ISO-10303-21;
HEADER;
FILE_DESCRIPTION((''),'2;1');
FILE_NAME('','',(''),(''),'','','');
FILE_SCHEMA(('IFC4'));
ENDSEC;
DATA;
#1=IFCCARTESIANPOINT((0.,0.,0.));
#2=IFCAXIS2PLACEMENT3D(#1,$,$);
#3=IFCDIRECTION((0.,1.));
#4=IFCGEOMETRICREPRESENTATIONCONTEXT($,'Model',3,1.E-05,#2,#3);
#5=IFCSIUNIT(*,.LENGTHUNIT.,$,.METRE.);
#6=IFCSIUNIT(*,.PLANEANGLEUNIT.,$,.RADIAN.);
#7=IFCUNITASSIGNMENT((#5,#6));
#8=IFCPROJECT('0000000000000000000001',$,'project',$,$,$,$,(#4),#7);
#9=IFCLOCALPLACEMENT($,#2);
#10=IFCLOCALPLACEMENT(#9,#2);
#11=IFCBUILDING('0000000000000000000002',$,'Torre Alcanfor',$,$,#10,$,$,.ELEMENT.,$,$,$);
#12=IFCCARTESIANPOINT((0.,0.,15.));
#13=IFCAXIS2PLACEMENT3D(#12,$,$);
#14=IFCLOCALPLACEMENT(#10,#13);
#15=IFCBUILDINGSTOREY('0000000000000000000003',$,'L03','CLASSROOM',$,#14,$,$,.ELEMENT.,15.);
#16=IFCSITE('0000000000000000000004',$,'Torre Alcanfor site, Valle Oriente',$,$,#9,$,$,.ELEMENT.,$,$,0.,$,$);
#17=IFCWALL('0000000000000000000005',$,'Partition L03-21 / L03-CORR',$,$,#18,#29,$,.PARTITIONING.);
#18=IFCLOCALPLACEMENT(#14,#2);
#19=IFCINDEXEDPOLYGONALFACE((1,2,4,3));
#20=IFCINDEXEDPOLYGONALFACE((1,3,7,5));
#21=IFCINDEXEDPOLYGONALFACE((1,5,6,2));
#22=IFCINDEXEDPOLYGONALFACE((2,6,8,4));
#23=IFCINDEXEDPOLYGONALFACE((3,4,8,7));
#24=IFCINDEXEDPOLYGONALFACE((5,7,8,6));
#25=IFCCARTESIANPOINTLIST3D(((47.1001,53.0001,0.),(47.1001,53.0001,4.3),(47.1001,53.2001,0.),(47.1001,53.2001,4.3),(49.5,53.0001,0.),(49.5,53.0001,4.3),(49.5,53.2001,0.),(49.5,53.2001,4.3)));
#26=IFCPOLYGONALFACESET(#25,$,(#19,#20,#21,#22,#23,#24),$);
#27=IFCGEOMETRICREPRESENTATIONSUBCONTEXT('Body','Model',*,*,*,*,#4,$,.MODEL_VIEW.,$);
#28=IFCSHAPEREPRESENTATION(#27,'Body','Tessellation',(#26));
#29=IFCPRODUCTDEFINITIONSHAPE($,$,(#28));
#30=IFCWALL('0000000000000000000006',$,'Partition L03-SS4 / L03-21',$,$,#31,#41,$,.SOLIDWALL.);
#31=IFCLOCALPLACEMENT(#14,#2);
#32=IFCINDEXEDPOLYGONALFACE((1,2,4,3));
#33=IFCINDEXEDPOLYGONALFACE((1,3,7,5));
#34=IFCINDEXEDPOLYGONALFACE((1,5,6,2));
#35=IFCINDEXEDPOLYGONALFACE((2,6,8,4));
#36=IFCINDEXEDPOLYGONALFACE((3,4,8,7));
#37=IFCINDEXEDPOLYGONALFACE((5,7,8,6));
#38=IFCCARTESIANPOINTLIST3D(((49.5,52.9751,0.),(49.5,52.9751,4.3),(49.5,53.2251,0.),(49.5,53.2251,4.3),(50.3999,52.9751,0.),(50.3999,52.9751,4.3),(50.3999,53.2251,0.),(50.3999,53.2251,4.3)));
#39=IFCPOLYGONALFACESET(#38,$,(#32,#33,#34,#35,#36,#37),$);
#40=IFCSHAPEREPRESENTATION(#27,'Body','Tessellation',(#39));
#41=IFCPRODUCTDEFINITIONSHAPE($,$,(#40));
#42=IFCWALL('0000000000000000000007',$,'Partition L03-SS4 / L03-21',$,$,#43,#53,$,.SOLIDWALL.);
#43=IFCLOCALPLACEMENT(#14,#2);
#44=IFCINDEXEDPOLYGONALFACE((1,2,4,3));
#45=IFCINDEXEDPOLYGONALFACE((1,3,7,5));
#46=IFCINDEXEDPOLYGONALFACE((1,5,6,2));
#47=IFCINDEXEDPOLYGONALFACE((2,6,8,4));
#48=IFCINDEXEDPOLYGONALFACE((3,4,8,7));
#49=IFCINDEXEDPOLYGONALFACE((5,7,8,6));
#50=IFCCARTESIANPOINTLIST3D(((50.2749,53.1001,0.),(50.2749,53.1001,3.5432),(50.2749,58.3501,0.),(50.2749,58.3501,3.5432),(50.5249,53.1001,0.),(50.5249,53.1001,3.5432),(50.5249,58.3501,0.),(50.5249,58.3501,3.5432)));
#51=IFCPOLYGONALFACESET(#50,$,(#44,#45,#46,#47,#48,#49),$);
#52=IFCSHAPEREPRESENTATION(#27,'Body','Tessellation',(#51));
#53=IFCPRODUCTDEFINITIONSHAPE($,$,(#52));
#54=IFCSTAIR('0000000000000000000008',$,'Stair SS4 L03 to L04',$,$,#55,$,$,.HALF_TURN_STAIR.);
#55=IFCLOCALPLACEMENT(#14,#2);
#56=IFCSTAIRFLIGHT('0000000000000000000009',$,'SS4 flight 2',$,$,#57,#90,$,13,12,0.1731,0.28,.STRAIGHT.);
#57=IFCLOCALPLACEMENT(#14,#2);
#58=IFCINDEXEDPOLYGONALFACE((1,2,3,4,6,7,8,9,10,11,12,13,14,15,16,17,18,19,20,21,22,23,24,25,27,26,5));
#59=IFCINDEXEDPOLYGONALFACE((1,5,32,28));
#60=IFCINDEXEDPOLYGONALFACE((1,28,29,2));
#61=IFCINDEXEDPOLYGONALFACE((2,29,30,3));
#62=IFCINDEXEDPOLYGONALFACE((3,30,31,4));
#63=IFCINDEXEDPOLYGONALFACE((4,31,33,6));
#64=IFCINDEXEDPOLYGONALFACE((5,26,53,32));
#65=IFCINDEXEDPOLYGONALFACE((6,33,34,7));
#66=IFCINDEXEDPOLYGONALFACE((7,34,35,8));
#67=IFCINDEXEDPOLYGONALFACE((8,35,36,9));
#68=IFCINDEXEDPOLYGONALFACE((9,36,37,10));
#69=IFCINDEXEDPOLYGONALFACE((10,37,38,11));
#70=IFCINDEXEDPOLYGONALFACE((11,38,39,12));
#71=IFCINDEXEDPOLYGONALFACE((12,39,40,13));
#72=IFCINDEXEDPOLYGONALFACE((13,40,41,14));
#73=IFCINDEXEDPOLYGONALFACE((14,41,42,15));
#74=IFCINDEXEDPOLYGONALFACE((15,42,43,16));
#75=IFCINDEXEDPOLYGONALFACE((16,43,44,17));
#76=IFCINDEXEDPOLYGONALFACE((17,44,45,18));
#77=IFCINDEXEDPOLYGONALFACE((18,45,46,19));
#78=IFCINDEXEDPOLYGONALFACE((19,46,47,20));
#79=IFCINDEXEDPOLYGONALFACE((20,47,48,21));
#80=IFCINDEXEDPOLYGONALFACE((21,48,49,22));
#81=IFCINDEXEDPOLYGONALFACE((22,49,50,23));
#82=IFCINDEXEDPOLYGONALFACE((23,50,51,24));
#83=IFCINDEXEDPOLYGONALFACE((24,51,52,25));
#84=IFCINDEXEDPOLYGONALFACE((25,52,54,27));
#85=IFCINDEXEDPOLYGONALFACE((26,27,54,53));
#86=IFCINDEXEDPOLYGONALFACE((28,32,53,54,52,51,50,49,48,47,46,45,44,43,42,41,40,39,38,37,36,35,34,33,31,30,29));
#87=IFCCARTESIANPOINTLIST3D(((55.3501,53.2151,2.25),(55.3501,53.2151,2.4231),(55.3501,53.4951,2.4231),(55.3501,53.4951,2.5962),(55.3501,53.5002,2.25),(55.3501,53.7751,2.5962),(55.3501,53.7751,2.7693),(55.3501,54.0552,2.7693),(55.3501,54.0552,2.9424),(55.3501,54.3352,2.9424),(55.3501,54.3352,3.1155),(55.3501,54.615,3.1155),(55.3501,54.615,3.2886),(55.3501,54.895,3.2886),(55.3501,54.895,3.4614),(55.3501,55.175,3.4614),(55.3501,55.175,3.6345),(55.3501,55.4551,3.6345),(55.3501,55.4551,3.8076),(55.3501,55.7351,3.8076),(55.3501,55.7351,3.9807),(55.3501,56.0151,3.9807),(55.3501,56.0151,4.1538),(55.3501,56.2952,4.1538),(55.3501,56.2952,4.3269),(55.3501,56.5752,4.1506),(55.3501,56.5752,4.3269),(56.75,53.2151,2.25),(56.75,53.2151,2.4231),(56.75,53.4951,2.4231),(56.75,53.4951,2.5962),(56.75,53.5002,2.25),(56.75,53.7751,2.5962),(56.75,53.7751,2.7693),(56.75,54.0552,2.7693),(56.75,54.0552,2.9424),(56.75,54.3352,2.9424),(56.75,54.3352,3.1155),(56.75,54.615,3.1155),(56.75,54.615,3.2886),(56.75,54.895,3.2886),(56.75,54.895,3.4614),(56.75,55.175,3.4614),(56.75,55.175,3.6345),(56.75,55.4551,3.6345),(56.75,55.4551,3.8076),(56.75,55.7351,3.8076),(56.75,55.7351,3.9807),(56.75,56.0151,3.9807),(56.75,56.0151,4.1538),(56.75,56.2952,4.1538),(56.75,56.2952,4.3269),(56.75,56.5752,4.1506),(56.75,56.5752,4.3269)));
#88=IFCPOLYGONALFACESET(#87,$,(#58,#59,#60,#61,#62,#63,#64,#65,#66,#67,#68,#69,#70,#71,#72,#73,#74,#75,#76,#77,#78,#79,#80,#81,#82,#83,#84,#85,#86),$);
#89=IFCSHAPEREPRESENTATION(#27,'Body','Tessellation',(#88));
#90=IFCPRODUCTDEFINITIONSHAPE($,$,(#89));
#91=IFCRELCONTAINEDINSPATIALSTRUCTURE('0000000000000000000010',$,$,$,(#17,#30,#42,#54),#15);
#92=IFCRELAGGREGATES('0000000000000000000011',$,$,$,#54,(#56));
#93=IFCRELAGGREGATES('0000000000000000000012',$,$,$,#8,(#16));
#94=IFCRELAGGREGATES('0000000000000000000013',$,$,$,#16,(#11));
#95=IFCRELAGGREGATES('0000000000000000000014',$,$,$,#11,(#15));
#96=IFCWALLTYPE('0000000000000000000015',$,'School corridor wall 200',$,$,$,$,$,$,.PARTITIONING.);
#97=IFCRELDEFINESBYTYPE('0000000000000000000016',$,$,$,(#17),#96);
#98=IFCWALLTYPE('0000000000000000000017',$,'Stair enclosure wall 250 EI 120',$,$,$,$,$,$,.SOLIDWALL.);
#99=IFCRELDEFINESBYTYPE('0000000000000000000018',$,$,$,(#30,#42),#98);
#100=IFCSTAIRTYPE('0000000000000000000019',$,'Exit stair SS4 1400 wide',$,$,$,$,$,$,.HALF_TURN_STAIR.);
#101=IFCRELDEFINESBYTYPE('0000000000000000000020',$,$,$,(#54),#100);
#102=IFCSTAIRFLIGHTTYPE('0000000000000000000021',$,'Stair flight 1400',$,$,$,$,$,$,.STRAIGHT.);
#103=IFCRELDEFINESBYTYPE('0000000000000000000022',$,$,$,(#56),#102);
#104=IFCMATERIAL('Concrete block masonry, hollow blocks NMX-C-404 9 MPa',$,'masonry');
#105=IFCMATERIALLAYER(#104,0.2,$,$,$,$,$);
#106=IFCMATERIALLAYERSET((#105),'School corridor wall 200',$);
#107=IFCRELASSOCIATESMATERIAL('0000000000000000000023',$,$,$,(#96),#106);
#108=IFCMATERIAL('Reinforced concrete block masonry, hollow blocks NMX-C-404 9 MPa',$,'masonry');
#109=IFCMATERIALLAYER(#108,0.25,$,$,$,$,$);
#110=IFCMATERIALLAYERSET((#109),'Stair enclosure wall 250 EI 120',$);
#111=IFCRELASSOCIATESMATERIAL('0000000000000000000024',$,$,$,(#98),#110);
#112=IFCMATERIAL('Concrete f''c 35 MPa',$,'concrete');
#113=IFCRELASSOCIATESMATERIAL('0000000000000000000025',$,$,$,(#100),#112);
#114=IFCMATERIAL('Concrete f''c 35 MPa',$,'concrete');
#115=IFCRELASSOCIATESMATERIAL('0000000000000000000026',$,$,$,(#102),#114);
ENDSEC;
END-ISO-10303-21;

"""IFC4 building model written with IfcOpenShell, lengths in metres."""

from ifc_helpers import new_model, si_unit, direction, frame, frame_2d, origin, place, context, subcontext, project, spatial, polyline, rectangle, outline, extrude, material, layer, layer_set, type_object, element, aggregate, save


model = new_model("IFC4")

# Units and contexts
model_context = context("Model", 3, precision=1e-05, world=origin(), true_north=direction((0.0, 1.0)))
body_context = subcontext(model_context, "Body", "Model", "MODEL_VIEW")
ifc_project = project(units=[si_unit("LENGTHUNIT", "METRE"), si_unit("PLANEANGLEUNIT", "RADIAN")], contexts=[model_context])

# Site, building, storey
site_placement = place(None, origin())
site = spatial("IfcSite", under=ifc_project, at=site_placement, Name="Torre Alcanfor site, Valle Oriente", CompositionType="ELEMENT", RefElevation=0.0)
building_placement = place(site_placement, origin())
building = spatial("IfcBuilding", under=site, at=building_placement, Name="Torre Alcanfor", CompositionType="ELEMENT")
storey_placement = place(building_placement, frame((0.0, 0.0, 15.0)))
storey = spatial("IfcBuildingStorey", under=building, at=storey_placement, Name="L03", Description="CLASSROOM", CompositionType="ELEMENT", Elevation=15.0)

# Walls
ifc_material_1 = material(Name="Concrete block masonry, hollow blocks NMX-C-404 9 MPa", Category="masonry")
ifc_layer_1 = layer(ifc_material_1, 0.2)
ifc_layer_set_1 = layer_set([ifc_layer_1], Name="School corridor wall 200")
wall_type_1 = type_object("IfcWallType", Name="School corridor wall 200", PredefinedType="PARTITIONING", material=ifc_layer_set_1)
wall_1_placement = place(storey_placement, frame((49.5, 53.1001, 0.0), z_axis=(0.0, 0.0, 1.0), x_axis=(-1.0, 0.0, 0.0)))
element("IfcWall", 1, at=wall_1_placement, inside=storey, type_object=wall_type_1, Name="Partition L03-21 / L03-CORR", PredefinedType="PARTITIONING", context=body_context, shape_type="SweptSolid", body=[
    extrude(rectangle(XDim=2.3999, YDim=0.2, at=frame_2d((1.2, 0.0))), origin(), (0.0, 0.0, 1.0), 4.3),
])
ifc_material_2 = material(Name="Reinforced concrete block masonry, hollow blocks NMX-C-404 9 MPa", Category="masonry")
ifc_layer_2 = layer(ifc_material_2, 0.25)
ifc_layer_set_2 = layer_set([ifc_layer_2], Name="Stair enclosure wall 250 EI 120")
wall_type_2 = type_object("IfcWallType", Name="Stair enclosure wall 250 EI 120", PredefinedType="SOLIDWALL", material=ifc_layer_set_2)
wall_2_placement = place(storey_placement, frame((49.5, 53.1001, 0.0), z_axis=(0.0, 0.0, 1.0), x_axis=(1.0, 0.0, 0.0)))
element("IfcWall", 2, at=wall_2_placement, inside=storey, type_object=wall_type_2, Name="Partition L03-SS4 / L03-21", PredefinedType="SOLIDWALL", context=body_context, shape_type="SweptSolid", body=[
    extrude(rectangle(XDim=0.8999, YDim=0.25, at=frame_2d((0.45, 0.0))), origin(), (0.0, 0.0, 1.0), 4.3),
])
wall_3_placement = place(storey_placement, frame((50.3999, 53.1001, 0.0), z_axis=(0.0, 0.0, 1.0), x_axis=(0.0, 1.0, 0.0)))
element("IfcWall", 3, at=wall_3_placement, inside=storey, type_object=wall_type_2, Name="Partition L03-SS4 / L03-21", PredefinedType="SOLIDWALL", context=body_context, shape_type="SweptSolid", body=[
    extrude(rectangle(XDim=5.25, YDim=0.25, at=frame_2d((2.625, 0.0))), origin(), (0.0, 0.0, 1.0), 3.5432),
])

# Stair, stair flight
ifc_material_3 = material(Name="Concrete f'c 35 MPa", Category="concrete")
stair_type = type_object("IfcStairType", Name="Exit stair SS4 1400 wide", PredefinedType="HALF_TURN_STAIR", material=ifc_material_3)
stair_placement = place(storey_placement, origin())
stair = element("IfcStair", 4, at=stair_placement, inside=storey, type_object=stair_type, Name="Stair SS4 L03 to L04", PredefinedType="HALF_TURN_STAIR")
ifc_material_4 = material(Name="Concrete f'c 35 MPa", Category="concrete")
stair_flight_type = type_object("IfcStairFlightType", Name="Stair flight 1400", PredefinedType="STRAIGHT", material=ifc_material_4)
stair_flight_placement = place(storey_placement, frame((56.05, 53.2151, 2.25), z_axis=(0.0, 0.0, 1.0), x_axis=(0.0, 1.0, 0.0)))
stair_flight = element("IfcStairFlight", 5, at=stair_flight_placement, type_object=stair_flight_type, Name="SS4 flight 2", NumberOfRisers=13, NumberOfTreads=12, PredefinedType="STRAIGHT", RiserHeight=0.1731, TreadLength=0.28, context=body_context, shape_type="SweptSolid", body=[
    extrude(outline(polyline([(0.0, 0.0), (0.0, 0.1731), (0.28, 0.1731), (0.28, 0.3462), (0.5601, 0.3462), (0.5601, 0.5193), (0.8401, 0.5193), (0.8401, 0.6924), (1.1201, 0.6924), (1.1201, 0.8655), (1.3999, 0.8655), (1.3999, 1.0386), (1.6799, 1.0386), (1.6799, 1.2114), (1.96, 1.2114), (1.96, 1.3845), (2.24, 1.3845), (2.24, 1.5576), (2.52, 1.5576), (2.52, 1.7307), (2.8, 1.7307), (2.8, 1.9038), (3.0801, 1.9038), (3.0801, 2.0769), (3.3601, 2.0769), (3.3601, 2.25), (3.3601, 1.9006), (0.2852, 0.0), (0.0, 0.0)])), frame((0.0, 0.7, 0.0), z_axis=(0.0, -1.0, 0.0), x_axis=(1.0, 0.0, 0.0)), (0.0, 0.0, 1.0), 1.3999),
])
aggregate(stair, [stair_flight])

save(model, "model.ifc")
